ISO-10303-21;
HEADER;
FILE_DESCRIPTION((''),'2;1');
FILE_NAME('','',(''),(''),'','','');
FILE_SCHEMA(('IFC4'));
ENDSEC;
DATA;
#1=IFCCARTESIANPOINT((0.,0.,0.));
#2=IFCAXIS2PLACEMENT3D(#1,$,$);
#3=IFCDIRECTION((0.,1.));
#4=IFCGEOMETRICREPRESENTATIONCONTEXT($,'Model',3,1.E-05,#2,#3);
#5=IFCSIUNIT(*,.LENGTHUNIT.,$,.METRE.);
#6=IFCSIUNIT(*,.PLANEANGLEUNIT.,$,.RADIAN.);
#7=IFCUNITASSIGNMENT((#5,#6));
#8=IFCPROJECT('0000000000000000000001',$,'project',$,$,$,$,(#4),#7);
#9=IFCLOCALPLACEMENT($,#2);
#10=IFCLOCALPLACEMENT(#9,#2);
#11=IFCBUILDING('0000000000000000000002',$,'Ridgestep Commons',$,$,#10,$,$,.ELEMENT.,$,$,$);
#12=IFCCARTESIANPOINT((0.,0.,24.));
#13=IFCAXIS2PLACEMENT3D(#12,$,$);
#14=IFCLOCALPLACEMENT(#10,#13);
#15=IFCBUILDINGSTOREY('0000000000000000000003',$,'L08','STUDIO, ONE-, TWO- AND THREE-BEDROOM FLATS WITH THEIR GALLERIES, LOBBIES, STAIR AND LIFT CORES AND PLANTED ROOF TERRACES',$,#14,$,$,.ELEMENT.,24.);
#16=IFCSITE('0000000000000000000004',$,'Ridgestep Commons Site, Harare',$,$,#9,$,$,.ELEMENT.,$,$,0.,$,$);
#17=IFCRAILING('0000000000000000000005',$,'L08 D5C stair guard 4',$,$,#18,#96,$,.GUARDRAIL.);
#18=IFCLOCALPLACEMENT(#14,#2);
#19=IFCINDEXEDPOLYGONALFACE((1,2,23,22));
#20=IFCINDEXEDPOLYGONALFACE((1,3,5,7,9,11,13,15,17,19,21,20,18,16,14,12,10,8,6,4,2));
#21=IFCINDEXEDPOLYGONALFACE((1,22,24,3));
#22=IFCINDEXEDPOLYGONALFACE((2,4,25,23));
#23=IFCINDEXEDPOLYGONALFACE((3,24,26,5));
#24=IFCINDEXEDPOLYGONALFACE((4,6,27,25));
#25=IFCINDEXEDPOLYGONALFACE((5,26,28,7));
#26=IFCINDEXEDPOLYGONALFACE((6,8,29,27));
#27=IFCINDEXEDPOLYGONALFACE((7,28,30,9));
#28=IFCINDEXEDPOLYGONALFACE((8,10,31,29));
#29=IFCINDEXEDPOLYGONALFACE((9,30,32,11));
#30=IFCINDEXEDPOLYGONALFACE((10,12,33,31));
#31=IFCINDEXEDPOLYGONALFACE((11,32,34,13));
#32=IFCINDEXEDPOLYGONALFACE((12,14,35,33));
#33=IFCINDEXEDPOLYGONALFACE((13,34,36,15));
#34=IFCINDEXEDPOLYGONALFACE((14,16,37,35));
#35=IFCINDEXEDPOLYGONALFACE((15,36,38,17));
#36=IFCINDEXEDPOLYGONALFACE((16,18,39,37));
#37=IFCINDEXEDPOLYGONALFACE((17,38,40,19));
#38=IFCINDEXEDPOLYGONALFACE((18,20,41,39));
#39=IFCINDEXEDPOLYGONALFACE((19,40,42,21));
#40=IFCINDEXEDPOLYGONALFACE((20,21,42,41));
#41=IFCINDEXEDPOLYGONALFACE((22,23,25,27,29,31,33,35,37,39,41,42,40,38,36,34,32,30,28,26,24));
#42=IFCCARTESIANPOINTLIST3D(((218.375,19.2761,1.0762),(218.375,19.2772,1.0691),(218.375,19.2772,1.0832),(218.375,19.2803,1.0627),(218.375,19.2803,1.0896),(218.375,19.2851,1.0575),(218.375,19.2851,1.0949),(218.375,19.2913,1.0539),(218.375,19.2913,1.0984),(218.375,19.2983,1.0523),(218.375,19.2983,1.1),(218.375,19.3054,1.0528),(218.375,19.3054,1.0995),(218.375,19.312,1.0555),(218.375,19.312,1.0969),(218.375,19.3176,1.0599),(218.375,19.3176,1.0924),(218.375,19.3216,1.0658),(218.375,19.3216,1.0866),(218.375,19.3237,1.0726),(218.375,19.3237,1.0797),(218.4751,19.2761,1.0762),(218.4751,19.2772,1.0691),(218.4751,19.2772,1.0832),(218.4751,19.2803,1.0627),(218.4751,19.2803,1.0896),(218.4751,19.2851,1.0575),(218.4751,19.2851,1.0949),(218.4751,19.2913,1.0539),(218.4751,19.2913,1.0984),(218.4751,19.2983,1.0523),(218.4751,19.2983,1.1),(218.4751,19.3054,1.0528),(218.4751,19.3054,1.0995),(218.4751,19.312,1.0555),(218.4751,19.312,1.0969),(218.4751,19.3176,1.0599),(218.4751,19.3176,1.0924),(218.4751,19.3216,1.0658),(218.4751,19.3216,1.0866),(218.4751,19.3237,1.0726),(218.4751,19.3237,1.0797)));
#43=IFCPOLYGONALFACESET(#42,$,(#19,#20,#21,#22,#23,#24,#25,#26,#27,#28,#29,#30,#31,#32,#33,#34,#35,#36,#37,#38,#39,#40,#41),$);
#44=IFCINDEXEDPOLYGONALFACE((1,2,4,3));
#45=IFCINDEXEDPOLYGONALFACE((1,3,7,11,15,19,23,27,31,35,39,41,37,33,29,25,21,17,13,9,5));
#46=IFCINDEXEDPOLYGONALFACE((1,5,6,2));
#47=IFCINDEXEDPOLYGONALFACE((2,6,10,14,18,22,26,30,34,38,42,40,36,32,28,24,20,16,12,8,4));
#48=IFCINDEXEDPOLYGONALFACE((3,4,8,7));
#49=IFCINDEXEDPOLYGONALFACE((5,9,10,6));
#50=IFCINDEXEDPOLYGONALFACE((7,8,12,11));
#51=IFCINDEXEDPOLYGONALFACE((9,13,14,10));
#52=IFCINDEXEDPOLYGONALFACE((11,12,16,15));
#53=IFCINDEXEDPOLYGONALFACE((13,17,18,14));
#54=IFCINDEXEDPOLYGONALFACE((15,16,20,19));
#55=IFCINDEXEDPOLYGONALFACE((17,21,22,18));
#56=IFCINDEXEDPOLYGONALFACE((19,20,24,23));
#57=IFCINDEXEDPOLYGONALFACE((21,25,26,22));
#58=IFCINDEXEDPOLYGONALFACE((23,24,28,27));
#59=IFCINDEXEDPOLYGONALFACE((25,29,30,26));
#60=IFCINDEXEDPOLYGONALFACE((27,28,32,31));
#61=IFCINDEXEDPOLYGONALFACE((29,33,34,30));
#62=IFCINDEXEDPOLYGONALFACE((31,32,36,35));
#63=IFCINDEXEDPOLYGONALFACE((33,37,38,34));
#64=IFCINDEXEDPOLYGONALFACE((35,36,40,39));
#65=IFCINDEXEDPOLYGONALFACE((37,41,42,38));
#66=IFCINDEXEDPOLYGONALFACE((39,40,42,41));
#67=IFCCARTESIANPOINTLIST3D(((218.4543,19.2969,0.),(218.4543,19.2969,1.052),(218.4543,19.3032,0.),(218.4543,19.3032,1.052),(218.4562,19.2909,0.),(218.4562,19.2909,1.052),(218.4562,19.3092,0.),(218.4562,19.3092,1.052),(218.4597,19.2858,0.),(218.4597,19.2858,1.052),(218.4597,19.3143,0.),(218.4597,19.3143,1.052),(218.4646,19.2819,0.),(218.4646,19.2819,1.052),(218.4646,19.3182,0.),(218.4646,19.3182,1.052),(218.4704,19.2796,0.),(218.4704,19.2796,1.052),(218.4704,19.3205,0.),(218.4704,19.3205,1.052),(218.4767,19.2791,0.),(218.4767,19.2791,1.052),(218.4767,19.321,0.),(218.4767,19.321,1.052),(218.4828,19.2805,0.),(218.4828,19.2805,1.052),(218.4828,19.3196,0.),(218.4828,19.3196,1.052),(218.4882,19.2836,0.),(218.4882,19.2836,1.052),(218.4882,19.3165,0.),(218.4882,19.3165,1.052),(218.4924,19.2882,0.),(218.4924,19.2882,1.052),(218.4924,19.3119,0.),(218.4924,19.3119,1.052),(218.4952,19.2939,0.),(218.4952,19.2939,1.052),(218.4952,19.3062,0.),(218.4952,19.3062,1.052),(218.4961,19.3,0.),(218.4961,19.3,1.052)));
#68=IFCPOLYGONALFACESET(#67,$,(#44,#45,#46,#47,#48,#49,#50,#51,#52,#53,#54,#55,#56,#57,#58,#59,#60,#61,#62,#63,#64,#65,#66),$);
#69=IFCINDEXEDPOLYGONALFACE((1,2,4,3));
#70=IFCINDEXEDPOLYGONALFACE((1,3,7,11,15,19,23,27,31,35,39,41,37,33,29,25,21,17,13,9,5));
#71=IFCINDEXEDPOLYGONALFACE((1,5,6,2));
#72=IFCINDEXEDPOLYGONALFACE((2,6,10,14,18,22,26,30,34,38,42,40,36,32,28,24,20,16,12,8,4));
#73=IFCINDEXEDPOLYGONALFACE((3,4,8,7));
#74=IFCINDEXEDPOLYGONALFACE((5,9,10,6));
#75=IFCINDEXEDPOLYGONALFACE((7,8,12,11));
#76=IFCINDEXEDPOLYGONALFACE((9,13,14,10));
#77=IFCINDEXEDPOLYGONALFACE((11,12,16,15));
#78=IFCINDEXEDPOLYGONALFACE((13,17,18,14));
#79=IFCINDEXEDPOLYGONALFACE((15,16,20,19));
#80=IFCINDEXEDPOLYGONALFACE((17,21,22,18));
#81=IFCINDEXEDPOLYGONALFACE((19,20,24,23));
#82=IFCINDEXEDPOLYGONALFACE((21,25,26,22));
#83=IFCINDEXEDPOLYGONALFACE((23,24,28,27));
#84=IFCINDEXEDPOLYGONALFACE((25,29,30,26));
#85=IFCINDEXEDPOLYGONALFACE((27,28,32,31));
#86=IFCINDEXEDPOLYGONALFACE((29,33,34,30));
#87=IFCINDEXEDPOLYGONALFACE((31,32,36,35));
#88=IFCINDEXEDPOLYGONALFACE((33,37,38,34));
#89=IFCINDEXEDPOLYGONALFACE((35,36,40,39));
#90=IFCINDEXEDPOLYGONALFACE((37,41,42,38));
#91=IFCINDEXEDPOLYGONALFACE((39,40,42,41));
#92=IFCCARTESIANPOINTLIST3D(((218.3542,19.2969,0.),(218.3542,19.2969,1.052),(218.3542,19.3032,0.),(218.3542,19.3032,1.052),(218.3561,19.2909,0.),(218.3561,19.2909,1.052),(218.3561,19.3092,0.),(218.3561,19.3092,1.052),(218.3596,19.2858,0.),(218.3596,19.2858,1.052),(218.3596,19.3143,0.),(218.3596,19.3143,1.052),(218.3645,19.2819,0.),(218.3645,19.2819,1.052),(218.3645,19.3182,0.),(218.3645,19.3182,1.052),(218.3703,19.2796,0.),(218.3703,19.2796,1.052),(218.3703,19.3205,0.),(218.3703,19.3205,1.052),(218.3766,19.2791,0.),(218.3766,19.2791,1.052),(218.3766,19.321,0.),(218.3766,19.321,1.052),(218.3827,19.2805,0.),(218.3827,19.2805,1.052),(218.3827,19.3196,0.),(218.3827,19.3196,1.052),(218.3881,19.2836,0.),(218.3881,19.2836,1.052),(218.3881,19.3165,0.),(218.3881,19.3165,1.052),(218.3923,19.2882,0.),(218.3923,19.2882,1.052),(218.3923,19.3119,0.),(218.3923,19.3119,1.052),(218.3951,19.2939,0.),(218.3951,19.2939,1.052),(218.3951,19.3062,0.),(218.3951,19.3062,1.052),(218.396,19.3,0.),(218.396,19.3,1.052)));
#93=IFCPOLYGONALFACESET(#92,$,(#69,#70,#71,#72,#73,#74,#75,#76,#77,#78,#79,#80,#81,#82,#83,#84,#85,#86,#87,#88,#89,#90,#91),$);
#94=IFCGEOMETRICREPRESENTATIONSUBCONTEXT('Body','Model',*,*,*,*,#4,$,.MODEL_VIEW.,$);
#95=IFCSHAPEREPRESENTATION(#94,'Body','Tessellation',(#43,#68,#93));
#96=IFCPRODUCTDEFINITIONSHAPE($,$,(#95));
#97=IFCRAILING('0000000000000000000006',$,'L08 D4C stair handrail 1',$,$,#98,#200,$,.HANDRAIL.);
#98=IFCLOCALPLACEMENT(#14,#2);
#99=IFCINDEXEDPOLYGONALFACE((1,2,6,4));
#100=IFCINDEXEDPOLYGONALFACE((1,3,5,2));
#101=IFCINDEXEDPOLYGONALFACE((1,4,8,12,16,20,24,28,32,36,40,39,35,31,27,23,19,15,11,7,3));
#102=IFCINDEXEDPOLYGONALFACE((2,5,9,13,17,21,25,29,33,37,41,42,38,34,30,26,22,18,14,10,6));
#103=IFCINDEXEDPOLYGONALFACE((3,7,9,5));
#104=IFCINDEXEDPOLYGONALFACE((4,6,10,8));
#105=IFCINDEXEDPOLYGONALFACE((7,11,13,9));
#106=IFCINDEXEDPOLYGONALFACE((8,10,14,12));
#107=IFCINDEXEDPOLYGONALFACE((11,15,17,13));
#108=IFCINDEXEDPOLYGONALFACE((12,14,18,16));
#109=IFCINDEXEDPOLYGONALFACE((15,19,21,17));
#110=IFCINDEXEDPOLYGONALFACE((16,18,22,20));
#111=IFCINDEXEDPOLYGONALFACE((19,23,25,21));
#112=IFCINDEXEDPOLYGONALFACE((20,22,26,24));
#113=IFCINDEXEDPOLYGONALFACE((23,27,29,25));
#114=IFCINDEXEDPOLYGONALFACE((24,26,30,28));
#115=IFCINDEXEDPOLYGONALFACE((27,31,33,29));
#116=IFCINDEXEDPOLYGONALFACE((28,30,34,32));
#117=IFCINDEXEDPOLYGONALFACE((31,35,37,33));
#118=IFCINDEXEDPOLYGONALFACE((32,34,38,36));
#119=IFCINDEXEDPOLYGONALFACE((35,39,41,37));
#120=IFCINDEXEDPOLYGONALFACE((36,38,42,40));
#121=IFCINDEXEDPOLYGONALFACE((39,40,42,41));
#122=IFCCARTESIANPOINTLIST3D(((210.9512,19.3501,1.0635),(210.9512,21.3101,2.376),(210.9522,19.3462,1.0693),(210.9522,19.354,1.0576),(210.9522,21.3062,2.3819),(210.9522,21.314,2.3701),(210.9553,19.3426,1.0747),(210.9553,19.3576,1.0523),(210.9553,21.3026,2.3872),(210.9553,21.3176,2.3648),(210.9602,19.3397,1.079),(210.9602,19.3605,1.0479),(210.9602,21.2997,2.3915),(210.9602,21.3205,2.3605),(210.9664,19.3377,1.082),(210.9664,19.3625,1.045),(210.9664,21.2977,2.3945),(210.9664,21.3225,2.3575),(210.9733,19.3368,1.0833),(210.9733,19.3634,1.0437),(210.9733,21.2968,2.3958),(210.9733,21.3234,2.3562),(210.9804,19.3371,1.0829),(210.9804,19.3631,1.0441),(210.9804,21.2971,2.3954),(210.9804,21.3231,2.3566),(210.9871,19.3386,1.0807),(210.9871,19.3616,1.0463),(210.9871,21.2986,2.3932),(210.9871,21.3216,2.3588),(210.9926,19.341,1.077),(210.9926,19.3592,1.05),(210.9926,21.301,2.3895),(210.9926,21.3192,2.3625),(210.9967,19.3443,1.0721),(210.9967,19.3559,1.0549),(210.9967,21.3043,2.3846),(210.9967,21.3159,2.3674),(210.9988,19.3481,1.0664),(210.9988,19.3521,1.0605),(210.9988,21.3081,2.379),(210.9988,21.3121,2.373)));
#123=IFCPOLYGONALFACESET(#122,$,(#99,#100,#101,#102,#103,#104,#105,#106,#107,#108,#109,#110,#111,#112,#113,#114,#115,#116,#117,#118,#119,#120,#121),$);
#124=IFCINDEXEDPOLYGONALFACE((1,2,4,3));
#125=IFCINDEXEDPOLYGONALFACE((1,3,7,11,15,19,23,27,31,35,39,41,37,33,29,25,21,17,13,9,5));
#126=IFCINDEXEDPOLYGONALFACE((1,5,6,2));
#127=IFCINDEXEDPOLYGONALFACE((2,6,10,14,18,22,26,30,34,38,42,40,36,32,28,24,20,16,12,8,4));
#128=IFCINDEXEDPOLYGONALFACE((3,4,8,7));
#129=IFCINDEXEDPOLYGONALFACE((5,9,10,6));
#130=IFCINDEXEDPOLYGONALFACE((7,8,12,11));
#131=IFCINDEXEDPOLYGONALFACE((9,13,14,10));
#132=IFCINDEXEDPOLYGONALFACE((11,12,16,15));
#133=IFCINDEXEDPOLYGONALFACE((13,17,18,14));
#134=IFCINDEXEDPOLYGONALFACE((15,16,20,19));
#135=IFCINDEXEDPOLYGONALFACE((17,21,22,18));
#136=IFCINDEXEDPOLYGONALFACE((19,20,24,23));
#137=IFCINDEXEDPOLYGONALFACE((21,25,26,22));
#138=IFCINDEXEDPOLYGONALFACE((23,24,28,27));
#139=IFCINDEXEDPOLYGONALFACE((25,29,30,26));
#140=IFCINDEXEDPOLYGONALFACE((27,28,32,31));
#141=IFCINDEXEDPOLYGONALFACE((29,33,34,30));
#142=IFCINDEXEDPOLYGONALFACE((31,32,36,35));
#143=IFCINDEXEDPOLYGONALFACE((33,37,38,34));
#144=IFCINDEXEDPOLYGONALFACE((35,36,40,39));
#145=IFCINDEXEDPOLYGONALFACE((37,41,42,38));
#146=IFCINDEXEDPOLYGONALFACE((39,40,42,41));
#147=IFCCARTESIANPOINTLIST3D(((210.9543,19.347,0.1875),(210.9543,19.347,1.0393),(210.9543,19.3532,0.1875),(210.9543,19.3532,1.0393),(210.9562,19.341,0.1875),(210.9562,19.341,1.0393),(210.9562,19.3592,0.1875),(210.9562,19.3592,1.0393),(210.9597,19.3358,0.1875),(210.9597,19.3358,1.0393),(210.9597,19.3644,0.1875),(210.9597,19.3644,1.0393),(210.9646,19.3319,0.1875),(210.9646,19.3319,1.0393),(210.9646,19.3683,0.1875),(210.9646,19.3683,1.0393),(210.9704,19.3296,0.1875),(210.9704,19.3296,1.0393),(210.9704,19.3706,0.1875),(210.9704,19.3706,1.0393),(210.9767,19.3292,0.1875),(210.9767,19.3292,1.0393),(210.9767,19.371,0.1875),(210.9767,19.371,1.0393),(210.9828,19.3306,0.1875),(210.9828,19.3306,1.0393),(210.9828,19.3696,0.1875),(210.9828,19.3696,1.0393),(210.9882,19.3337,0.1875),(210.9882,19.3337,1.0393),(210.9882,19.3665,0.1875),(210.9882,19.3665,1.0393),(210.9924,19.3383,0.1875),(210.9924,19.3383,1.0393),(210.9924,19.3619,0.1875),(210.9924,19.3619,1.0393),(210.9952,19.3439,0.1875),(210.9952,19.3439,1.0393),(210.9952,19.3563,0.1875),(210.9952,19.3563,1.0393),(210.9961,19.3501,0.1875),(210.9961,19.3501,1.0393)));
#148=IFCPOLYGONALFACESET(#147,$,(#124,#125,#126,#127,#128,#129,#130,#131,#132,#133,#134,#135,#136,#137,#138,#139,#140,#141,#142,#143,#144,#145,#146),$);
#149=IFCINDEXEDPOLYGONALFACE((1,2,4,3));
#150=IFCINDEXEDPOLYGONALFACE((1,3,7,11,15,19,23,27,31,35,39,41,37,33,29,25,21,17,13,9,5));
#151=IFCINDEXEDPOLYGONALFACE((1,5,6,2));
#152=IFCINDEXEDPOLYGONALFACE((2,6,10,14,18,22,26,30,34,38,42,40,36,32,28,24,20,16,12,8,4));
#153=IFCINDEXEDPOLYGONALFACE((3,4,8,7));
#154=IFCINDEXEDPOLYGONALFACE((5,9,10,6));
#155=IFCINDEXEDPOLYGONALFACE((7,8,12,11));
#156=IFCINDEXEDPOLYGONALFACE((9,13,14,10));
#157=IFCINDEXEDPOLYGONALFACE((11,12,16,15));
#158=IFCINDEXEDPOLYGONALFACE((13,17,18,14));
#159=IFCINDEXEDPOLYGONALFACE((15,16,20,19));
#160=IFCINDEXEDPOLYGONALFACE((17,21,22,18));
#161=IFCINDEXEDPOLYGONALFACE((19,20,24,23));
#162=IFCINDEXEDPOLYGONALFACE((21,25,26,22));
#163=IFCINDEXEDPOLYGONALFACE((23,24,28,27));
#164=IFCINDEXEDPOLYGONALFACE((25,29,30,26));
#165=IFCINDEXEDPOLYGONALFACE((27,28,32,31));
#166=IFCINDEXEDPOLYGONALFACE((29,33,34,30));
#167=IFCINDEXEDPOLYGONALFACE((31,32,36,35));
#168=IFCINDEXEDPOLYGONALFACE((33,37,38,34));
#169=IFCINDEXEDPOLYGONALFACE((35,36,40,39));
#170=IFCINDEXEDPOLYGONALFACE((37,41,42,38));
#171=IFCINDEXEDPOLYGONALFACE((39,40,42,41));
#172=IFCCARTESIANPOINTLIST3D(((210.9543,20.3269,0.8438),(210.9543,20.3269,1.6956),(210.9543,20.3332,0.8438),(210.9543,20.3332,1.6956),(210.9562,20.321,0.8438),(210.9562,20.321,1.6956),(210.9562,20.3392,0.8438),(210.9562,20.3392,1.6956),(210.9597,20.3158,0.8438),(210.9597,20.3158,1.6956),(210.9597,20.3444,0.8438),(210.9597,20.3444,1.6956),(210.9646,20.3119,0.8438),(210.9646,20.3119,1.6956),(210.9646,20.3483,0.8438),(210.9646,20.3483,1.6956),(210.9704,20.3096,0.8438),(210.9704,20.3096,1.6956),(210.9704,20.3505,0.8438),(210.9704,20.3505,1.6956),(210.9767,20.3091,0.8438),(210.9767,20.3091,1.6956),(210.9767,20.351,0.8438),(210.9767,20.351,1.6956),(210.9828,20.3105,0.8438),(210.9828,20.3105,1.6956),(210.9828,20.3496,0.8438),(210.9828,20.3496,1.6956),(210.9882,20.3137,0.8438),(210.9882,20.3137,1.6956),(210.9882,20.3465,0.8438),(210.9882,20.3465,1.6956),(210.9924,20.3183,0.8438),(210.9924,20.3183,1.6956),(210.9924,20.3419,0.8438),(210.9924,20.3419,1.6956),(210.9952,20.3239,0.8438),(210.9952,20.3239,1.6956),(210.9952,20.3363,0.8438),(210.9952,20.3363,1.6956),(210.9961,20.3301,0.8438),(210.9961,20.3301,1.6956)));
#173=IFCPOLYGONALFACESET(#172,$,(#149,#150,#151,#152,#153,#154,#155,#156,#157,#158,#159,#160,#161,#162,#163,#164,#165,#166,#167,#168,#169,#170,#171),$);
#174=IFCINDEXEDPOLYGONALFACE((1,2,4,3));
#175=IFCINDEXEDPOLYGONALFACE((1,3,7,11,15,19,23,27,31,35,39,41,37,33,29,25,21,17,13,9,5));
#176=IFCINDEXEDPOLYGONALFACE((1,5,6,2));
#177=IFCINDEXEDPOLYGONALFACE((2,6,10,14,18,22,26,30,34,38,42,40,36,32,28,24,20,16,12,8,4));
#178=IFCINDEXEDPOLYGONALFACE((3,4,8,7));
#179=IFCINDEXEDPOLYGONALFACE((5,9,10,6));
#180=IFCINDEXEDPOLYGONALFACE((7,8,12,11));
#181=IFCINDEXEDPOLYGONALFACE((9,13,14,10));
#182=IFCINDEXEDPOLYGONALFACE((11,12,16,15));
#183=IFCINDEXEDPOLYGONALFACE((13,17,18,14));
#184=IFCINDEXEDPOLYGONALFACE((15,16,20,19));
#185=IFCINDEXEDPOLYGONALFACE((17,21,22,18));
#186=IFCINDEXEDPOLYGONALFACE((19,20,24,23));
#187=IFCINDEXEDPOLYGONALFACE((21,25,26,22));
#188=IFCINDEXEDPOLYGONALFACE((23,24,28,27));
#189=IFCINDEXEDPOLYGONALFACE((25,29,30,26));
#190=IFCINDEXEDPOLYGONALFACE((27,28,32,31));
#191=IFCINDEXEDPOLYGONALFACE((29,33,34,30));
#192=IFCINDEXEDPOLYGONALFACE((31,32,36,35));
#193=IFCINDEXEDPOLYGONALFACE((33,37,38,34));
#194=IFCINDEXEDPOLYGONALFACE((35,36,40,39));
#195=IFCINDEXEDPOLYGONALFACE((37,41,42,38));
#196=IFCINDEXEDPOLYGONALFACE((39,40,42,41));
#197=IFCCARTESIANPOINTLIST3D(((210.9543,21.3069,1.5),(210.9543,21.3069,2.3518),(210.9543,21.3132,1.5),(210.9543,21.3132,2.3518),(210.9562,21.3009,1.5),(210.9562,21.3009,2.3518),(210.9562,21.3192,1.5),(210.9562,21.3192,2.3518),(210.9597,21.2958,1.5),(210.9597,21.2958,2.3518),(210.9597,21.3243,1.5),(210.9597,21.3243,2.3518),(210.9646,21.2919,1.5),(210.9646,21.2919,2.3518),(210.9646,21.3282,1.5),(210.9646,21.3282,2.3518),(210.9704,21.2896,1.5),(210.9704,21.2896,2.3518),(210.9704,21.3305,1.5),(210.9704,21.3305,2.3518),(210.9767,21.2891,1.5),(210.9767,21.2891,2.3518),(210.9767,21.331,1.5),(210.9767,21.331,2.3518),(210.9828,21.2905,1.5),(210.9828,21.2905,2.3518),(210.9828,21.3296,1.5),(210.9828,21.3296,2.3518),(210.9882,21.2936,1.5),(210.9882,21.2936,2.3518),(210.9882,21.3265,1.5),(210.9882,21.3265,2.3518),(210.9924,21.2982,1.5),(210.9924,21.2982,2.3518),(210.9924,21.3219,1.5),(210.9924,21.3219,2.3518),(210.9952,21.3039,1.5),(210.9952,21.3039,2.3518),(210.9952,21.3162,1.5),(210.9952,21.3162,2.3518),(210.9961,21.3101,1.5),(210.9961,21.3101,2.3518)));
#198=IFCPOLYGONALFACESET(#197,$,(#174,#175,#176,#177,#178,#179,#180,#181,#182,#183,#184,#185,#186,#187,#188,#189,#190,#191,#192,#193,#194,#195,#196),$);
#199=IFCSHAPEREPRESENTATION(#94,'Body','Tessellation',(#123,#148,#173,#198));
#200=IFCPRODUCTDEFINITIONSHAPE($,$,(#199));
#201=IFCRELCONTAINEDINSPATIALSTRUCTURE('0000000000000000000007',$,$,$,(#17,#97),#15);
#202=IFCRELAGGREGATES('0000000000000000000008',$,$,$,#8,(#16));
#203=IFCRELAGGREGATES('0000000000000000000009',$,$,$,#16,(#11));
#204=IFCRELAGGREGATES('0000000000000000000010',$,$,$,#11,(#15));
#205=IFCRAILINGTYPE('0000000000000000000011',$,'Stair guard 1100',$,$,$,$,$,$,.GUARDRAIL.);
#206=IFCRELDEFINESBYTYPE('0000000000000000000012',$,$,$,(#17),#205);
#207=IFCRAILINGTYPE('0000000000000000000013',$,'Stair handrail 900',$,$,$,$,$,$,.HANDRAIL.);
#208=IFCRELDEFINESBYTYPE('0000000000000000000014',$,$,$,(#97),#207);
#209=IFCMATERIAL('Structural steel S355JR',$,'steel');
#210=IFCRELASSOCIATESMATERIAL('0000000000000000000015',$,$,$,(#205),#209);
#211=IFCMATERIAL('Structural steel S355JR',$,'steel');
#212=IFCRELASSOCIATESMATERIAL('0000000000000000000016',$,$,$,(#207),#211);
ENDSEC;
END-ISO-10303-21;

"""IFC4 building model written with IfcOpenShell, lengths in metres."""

from ifc_helpers import new_model, si_unit, direction, frame, origin, origin_2d, place, context, subcontext, project, spatial, circle, extrude, material, type_object, element, save


model = new_model("IFC4")

# Units and contexts
model_context = context("Model", 3, precision=1e-05, world=origin(), true_north=direction((0.0, 1.0)))
body_context = subcontext(model_context, "Body", "Model", "MODEL_VIEW")
ifc_project = project(units=[si_unit("LENGTHUNIT", "METRE"), si_unit("PLANEANGLEUNIT", "RADIAN")], contexts=[model_context])

# Site, building, storey
site_placement = place(None, origin())
site = spatial("IfcSite", under=ifc_project, at=site_placement, Name="Ridgestep Commons Site, Harare", CompositionType="ELEMENT", RefElevation=0.0)
building_placement = place(site_placement, origin())
building = spatial("IfcBuilding", under=site, at=building_placement, Name="Ridgestep Commons", CompositionType="ELEMENT")
storey_placement = place(building_placement, frame((0.0, 0.0, 24.0)))
storey = spatial("IfcBuildingStorey", under=building, at=storey_placement, Name="L08", Description="STUDIO, ONE-, TWO- AND THREE-BEDROOM FLATS WITH THEIR GALLERIES, LOBBIES, STAIR AND LIFT CORES AND PLANTED ROOF TERRACES", CompositionType="ELEMENT", Elevation=24.0)

# Railings
ifc_material_1 = material(Name="Structural steel S355JR", Category="steel")
railing_type_1 = type_object("IfcRailingType", Name="Stair guard 1100", PredefinedType="GUARDRAIL", material=ifc_material_1)
railing_1_placement = place(storey_placement, frame((218.4751, 19.3, 0.0)))
element("IfcRailing", 1, at=railing_1_placement, inside=storey, type_object=railing_type_1, Name="L08 D5C stair guard 4", PredefinedType="GUARDRAIL", context=body_context, shape_type="SweptSolid", body=[
    extrude(circle(Radius=0.0239, at=origin_2d()), frame((0.0, 0.0, 1.0762), z_axis=(-1.0, 0.0, 0.0), x_axis=(0.0, -1.0, 0.0)), (0.0, 0.0, 1.0), 0.1001),
    extrude(circle(Radius=0.021, at=origin_2d()), origin(), (0.0, 0.0, 1.0), 1.052),
    extrude(circle(Radius=0.021, at=origin_2d()), frame((-0.1001, 0.0, 0.0)), (0.0, 0.0, 1.0), 1.052),
])
ifc_material_2 = material(Name="Structural steel S355JR", Category="steel")
railing_type_2 = type_object("IfcRailingType", Name="Stair handrail 900", PredefinedType="HANDRAIL", material=ifc_material_2)
railing_2_placement = place(storey_placement, frame((210.9751, 19.3501, 0.1875)))
element("IfcRailing", 2, at=railing_2_placement, inside=storey, type_object=railing_type_2, Name="L08 D4C stair handrail 1", PredefinedType="HANDRAIL", context=body_context, shape_type="SweptSolid", body=[
    extrude(circle(Radius=0.0239, at=origin_2d()), frame((0.0, 0.0, 0.876), z_axis=(0.0, 0.830902, 0.556419), x_axis=(-1.0, 0.0, 0.0)), (0.0, 0.0, 1.0), 2.3589),
    extrude(circle(Radius=0.021, at=origin_2d()), origin(), (0.0, 0.0, 1.0), 0.8518),
    extrude(circle(Radius=0.021, at=origin_2d()), frame((0.0, 0.98, 0.6562)), (0.0, 0.0, 1.0), 0.8518),
    extrude(circle(Radius=0.021, at=origin_2d()), frame((0.0, 1.96, 1.3125)), (0.0, 0.0, 1.0), 0.8518),
])

save(model, "model.ifc")
